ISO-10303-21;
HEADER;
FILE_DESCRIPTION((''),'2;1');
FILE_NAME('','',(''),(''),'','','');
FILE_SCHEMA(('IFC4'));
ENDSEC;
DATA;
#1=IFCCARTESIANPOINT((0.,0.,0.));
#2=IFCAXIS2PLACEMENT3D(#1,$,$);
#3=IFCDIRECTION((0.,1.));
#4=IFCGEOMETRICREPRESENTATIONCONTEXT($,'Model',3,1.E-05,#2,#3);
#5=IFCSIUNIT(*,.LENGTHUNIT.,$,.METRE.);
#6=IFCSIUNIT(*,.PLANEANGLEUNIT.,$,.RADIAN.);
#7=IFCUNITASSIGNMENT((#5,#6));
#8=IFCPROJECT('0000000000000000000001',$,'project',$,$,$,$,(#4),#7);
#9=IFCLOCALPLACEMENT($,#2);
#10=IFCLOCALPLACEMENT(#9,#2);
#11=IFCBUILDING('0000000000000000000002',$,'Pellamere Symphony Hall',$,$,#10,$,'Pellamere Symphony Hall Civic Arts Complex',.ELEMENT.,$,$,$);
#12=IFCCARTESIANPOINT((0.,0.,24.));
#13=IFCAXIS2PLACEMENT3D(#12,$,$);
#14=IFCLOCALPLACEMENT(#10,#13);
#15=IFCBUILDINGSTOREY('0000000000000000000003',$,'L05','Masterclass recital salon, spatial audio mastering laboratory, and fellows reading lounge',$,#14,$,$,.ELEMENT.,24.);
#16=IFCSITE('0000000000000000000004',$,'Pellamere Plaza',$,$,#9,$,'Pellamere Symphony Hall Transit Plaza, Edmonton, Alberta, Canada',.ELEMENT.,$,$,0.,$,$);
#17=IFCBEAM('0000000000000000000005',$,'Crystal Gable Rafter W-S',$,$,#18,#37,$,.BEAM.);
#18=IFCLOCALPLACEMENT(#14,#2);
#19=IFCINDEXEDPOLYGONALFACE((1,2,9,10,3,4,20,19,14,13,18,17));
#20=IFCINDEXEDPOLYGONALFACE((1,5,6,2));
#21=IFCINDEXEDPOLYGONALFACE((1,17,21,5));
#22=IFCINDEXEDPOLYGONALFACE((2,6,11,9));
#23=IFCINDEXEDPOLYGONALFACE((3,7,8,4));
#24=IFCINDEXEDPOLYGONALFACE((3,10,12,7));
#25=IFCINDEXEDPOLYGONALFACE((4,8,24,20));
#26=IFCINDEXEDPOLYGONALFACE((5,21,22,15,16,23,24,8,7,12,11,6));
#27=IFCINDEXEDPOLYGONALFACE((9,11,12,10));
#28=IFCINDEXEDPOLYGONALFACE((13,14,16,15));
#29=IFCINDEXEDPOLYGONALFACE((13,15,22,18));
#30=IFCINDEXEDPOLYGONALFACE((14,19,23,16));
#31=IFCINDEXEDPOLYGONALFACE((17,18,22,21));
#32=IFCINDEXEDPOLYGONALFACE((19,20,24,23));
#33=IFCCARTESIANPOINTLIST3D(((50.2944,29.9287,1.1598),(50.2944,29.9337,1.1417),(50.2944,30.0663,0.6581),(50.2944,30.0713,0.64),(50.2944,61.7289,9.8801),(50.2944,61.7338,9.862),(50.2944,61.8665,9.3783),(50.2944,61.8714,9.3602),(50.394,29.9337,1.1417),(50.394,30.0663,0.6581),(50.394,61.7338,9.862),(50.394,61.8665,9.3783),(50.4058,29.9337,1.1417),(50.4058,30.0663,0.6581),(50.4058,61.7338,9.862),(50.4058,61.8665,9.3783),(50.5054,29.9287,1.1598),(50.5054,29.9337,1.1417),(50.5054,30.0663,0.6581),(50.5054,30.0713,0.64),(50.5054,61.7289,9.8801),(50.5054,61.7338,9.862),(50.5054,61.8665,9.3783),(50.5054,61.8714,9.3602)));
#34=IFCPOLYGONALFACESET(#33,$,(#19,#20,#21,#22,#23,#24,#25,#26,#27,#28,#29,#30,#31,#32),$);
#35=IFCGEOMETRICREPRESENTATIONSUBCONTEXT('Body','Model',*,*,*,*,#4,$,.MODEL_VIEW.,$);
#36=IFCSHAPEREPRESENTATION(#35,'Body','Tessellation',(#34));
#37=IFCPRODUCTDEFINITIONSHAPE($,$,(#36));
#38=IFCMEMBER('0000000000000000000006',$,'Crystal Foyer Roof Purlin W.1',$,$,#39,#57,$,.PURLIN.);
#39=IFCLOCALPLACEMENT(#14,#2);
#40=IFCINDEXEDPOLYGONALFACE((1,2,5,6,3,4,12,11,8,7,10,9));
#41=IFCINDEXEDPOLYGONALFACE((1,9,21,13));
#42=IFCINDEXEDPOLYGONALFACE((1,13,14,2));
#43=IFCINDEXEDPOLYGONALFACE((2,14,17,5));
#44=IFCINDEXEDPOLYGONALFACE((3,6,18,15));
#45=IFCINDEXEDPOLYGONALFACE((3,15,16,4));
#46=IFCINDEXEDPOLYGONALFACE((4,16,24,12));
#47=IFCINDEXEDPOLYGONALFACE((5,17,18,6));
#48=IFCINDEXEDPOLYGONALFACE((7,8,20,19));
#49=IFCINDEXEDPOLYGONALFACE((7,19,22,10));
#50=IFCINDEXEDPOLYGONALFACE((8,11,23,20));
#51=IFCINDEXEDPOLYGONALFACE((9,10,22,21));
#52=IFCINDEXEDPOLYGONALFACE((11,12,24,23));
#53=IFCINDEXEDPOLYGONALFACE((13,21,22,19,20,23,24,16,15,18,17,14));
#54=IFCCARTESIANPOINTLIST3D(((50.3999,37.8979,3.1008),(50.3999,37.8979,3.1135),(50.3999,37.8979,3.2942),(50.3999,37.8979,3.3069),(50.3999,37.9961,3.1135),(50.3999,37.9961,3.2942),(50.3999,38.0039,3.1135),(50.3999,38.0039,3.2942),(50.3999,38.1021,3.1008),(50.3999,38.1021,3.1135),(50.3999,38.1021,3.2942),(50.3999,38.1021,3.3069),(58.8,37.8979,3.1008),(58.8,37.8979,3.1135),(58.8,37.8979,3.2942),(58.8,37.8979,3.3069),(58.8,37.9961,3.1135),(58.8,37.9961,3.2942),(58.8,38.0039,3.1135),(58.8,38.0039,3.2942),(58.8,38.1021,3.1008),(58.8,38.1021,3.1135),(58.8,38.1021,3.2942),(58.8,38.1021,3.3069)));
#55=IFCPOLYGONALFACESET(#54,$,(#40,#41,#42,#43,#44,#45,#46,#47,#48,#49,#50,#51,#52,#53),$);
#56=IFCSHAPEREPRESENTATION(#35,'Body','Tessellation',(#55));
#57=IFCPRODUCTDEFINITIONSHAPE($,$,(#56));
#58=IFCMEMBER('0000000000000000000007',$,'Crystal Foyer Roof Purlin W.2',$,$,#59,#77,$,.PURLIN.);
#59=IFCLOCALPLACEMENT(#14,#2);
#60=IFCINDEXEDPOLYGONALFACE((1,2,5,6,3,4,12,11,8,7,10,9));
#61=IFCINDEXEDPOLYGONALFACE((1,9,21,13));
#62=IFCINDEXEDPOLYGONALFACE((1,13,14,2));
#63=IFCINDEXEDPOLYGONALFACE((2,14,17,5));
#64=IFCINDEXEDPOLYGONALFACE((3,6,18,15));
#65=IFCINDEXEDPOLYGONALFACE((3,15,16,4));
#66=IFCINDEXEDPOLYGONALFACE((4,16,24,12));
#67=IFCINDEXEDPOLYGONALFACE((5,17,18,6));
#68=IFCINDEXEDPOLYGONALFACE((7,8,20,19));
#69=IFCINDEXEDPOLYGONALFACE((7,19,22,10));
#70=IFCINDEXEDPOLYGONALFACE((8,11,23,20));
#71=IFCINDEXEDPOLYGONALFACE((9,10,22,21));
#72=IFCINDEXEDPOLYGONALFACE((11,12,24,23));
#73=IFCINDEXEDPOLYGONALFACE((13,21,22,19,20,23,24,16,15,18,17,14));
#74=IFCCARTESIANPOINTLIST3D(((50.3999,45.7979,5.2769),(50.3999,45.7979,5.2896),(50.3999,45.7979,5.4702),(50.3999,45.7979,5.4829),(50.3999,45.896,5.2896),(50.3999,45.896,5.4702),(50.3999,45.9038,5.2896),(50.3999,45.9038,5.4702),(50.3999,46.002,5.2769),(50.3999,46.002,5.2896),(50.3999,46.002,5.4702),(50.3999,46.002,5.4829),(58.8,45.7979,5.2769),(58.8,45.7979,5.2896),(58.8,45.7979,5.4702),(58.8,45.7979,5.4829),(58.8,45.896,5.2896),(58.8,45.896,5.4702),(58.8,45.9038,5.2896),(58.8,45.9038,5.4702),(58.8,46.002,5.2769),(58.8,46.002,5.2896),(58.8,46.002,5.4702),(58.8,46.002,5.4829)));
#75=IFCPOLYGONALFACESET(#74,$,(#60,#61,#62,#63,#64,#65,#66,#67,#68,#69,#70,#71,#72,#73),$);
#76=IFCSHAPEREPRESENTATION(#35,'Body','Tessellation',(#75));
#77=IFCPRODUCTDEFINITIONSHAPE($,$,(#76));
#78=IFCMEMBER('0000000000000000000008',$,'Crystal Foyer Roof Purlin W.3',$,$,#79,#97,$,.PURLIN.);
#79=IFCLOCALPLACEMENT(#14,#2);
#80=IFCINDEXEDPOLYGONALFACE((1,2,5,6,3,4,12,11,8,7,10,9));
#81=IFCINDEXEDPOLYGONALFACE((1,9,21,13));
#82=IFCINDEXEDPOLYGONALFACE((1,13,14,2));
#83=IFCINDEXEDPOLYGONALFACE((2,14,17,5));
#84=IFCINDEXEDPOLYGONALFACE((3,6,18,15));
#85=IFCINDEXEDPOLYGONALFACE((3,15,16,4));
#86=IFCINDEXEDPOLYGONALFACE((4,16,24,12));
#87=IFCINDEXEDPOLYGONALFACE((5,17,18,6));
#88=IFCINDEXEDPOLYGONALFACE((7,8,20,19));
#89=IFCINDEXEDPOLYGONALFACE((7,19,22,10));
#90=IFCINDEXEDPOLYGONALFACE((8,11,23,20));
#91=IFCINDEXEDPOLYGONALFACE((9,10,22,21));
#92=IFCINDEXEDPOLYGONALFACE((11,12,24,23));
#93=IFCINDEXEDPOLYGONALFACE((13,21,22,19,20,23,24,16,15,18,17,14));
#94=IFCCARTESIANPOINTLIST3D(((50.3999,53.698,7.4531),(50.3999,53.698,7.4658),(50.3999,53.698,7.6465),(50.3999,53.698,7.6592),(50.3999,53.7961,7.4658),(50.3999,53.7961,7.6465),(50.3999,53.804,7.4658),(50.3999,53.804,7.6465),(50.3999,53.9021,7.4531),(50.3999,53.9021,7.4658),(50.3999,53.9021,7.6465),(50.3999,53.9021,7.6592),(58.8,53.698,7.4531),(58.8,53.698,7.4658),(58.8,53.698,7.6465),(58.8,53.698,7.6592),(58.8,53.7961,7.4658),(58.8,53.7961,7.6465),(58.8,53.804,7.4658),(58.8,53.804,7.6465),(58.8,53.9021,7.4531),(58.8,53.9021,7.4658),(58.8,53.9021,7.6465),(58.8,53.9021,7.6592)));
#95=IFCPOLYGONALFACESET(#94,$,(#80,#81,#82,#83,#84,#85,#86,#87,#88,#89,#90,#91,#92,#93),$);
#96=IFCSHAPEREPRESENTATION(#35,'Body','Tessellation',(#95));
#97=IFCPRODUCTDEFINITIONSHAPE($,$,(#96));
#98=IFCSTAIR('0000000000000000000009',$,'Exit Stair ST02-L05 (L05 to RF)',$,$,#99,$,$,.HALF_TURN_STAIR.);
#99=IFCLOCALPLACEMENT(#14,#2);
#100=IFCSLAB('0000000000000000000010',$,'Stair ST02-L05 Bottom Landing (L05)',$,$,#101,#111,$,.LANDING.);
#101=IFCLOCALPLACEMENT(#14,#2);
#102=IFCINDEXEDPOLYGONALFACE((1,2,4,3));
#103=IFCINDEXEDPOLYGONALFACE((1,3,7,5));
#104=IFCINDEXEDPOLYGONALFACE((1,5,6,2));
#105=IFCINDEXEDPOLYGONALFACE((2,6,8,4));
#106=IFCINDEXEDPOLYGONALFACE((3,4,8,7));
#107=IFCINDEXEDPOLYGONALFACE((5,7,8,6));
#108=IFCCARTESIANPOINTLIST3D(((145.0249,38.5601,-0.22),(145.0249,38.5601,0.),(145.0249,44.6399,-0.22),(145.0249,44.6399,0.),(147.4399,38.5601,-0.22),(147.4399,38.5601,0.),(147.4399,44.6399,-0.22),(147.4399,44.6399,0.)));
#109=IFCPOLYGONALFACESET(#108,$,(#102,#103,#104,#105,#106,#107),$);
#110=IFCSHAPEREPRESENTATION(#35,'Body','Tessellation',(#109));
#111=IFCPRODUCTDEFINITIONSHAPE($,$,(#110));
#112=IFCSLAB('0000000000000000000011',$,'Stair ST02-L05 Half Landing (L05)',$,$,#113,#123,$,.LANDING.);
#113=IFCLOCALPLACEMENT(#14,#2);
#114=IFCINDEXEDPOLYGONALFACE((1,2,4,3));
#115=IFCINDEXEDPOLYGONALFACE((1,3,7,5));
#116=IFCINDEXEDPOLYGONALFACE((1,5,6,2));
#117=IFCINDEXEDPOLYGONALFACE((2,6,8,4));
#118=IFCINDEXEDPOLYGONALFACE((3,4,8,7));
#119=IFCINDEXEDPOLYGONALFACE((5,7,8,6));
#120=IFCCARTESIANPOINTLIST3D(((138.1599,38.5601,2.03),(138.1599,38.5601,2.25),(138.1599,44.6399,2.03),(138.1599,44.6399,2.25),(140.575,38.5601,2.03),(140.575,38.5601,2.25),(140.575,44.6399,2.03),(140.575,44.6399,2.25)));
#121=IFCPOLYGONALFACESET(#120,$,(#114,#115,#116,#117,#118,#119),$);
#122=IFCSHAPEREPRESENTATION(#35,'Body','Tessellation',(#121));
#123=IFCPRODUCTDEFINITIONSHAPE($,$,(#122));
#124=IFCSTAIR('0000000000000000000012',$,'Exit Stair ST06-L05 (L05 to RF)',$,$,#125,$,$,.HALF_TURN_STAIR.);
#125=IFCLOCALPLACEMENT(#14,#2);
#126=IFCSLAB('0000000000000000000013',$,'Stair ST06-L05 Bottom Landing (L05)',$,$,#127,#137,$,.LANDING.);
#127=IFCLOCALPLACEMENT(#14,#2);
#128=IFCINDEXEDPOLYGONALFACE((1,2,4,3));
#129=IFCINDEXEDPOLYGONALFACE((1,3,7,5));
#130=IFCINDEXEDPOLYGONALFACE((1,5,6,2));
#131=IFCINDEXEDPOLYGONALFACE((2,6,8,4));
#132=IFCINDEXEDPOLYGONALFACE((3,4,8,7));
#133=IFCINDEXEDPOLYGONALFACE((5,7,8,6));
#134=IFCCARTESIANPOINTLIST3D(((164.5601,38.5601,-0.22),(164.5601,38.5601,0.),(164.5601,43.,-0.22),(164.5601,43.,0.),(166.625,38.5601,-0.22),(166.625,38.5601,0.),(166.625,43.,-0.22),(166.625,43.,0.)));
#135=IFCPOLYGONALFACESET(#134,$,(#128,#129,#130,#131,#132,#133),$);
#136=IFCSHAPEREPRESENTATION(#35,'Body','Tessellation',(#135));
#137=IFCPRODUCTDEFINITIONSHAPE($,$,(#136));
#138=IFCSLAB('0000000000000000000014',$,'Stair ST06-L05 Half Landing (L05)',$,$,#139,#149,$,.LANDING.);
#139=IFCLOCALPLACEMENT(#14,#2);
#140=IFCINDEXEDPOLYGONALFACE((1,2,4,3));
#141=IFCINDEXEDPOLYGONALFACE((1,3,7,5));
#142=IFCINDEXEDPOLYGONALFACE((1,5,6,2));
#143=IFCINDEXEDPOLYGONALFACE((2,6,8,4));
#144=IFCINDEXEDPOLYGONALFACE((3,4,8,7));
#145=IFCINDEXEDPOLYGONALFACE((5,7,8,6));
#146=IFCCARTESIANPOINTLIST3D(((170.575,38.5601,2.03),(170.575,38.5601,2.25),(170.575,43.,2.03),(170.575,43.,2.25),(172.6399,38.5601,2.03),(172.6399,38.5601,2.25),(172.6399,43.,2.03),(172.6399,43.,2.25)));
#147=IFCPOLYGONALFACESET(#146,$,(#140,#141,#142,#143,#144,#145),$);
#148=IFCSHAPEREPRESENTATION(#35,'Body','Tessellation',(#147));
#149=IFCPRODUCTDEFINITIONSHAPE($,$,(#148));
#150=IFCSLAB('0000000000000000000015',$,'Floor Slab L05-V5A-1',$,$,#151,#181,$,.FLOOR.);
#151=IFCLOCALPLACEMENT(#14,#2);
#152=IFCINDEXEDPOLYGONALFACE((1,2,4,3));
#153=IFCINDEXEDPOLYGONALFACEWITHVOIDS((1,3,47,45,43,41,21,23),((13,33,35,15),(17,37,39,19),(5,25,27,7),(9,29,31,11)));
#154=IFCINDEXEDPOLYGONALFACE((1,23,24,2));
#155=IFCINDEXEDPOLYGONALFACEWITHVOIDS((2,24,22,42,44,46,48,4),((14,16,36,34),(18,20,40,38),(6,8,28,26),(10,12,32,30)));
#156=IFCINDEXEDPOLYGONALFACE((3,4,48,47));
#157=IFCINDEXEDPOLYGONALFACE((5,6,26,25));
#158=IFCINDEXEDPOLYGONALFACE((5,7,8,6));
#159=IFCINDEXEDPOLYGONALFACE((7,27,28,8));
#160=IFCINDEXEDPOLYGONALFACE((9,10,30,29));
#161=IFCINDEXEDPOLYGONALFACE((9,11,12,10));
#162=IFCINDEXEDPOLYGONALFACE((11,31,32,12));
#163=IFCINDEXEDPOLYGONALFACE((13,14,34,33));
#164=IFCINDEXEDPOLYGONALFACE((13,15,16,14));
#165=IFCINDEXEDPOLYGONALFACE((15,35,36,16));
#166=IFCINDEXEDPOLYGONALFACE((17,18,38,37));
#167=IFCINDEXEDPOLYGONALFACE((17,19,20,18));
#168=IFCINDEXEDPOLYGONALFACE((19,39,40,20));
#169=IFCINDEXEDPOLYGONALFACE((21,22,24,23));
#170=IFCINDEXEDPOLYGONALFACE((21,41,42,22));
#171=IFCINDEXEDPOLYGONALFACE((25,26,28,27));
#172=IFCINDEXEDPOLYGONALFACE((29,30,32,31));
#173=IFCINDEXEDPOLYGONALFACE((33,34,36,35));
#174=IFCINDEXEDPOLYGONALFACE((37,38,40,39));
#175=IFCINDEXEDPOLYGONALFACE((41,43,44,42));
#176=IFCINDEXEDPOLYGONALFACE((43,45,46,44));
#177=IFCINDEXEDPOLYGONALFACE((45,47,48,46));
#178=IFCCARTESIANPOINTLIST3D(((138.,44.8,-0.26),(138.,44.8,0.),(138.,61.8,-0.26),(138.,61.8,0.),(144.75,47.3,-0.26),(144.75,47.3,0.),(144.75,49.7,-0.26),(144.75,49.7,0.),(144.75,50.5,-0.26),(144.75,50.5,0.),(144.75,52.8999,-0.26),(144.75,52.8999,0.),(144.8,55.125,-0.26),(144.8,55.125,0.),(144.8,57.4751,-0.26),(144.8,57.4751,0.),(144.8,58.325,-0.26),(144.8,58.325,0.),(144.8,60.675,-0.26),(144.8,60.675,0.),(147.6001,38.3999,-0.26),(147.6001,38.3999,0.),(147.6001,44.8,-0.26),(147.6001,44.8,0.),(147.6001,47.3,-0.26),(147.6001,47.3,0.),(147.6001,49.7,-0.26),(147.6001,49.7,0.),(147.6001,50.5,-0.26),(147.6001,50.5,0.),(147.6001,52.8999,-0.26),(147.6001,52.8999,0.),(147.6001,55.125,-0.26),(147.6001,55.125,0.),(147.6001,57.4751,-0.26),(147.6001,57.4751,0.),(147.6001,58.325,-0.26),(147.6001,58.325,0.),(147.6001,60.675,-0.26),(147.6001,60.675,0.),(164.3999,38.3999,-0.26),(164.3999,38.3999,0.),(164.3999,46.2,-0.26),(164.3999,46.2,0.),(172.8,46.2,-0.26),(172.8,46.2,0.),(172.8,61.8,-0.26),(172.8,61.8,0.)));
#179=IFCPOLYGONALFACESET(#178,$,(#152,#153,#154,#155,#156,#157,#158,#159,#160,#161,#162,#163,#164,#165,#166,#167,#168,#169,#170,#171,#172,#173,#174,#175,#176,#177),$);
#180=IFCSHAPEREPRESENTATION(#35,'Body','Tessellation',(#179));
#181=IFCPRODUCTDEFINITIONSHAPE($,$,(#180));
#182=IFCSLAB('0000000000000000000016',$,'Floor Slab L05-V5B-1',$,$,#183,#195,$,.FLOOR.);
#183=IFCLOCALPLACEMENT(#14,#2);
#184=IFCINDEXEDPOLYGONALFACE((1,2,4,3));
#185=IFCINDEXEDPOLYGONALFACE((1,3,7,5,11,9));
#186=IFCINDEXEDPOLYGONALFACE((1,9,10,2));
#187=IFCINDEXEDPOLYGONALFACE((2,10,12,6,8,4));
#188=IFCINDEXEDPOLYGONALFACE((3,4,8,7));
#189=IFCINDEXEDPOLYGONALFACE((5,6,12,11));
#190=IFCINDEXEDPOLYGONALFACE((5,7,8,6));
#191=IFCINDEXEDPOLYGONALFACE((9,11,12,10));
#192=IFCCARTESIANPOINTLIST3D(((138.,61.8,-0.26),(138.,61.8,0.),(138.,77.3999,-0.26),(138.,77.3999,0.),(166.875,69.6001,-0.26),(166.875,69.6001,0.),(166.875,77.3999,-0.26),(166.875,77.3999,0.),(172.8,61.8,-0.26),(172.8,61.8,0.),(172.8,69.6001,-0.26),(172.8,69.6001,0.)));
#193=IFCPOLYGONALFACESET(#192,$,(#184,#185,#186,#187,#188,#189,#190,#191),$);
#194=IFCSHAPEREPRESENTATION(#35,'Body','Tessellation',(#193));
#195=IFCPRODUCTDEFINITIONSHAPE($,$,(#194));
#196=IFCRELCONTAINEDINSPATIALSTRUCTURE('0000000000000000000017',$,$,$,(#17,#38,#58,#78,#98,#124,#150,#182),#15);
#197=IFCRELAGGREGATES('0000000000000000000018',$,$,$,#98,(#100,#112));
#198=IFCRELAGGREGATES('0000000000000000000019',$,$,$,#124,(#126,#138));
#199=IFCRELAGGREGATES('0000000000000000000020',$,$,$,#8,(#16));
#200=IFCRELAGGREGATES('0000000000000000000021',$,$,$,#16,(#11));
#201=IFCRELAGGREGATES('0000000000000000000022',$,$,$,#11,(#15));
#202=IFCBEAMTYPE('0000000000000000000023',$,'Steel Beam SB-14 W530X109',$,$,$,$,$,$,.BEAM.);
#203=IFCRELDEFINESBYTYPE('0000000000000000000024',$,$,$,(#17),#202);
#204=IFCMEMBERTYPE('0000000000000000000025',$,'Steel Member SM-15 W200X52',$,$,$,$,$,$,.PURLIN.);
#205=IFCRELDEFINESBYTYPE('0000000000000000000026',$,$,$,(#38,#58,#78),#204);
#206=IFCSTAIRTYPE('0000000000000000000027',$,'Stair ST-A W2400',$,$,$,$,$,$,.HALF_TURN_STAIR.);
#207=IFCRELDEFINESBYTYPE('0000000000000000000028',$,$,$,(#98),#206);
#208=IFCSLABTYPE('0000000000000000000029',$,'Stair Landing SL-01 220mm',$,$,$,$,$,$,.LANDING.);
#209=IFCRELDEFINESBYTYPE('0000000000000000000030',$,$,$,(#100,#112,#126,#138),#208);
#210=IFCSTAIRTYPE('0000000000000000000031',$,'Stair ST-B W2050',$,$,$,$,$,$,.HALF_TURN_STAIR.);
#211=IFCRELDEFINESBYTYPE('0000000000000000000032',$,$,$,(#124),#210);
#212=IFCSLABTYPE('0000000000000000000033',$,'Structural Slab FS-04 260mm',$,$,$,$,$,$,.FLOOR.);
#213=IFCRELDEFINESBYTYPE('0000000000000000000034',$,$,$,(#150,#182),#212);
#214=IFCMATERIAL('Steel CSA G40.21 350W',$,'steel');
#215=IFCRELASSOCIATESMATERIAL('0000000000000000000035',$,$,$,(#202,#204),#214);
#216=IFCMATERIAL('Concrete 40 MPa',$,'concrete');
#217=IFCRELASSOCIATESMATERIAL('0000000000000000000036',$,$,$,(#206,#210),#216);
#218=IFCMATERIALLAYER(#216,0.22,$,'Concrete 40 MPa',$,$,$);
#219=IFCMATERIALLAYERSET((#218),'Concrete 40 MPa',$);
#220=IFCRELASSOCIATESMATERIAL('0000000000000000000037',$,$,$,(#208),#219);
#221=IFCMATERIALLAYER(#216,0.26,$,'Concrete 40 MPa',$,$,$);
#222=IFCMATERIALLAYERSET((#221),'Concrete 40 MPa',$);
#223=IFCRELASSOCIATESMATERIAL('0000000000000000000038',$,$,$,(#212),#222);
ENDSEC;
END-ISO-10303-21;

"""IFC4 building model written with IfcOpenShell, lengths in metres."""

from ifc_helpers import new_model, si_unit, direction, frame, origin, origin_2d, place, context, subcontext, project, spatial, polyline, i_section, outline, extrude, material, layer, layer_set, material_profile, profile_set, type_object, element, aggregate, save


model = new_model("IFC4")

# Units and contexts
model_context = context("Model", 3, precision=1e-05, world=origin(), true_north=direction((0.0, 1.0)))
body_context = subcontext(model_context, "Body", "Model", "MODEL_VIEW")
ifc_project = project(units=[si_unit("LENGTHUNIT", "METRE"), si_unit("PLANEANGLEUNIT", "RADIAN")], contexts=[model_context])

# Site, building, storey
site_placement = place(None, origin())
site = spatial("IfcSite", under=ifc_project, at=site_placement, Name="Pellamere Plaza", LongName="Pellamere Symphony Hall Transit Plaza, Edmonton, Alberta, Canada", CompositionType="ELEMENT", RefElevation=0.0)
building_placement = place(site_placement, origin())
building = spatial("IfcBuilding", under=site, at=building_placement, Name="Pellamere Symphony Hall", LongName="Pellamere Symphony Hall Civic Arts Complex", CompositionType="ELEMENT")
storey_placement = place(building_placement, frame((0.0, 0.0, 24.0)))
storey = spatial("IfcBuildingStorey", under=building, at=storey_placement, Name="L05", Description="Masterclass recital salon, spatial audio mastering laboratory, and fellows reading lounge", CompositionType="ELEMENT", Elevation=24.0)

# Beam
ifc_material_1 = material(Name="Concrete 40 MPa", Category="concrete")
ifc_material_2 = material(Name="Steel CSA G40.21 350W", Category="steel")
ifc_material_profile_1 = material_profile(ifc_material_2, i_section(OverallWidth=0.2109, OverallDepth=0.5391, WebThickness=0.0117, FlangeThickness=0.0188, at=origin_2d()), Name="W530X109")
ifc_profile_set_1 = profile_set([ifc_material_profile_1], Name="Steel CSA G40.21 350W")
beam_type_1 = type_object("IfcBeamType", Name="Steel Beam SB-14 W530X109", PredefinedType="BEAM", material=ifc_profile_set_1)
beam_1_placement = place(storey_placement, frame((50.3999, 30.0, 0.8999), z_axis=(0.0, 0.964397, 0.264457), x_axis=(-1.0, 0.0, 0.0)))
element("IfcBeam", 1, at=beam_1_placement, inside=storey, type_object=beam_type_1, Name="Crystal Gable Rafter W-S", PredefinedType="BEAM", context=body_context, shape_type="SweptSolid", body=[
    extrude(i_section(OverallWidth=0.2109, OverallDepth=0.5391, WebThickness=0.0117, FlangeThickness=0.0188, at=origin_2d()), origin(), (0.0, 0.0, 1.0), 32.9741),
])

# Members
ifc_material_profile_2 = material_profile(ifc_material_2, i_section(OverallWidth=0.2041, OverallDepth=0.2061, WebThickness=0.0078, FlangeThickness=0.0127, at=origin_2d()), Name="W200X52")
ifc_profile_set_2 = profile_set([ifc_material_profile_2], Name="Steel CSA G40.21 350W")
member_type = type_object("IfcMemberType", Name="Steel Member SM-15 W200X52", PredefinedType="PURLIN", material=ifc_profile_set_2)
for number, where, z_axis, x_axis, name in (
    (2, (50.3999, 38.0, 3.2039), (1.0, 0.0, 0.0), (0.0, 1.0, 0.0), "Crystal Foyer Roof Purlin W.1"),
    (3, (50.3999, 45.8999, 5.3799), (1.0, 0.0, 0.0), (0.0, 1.0, 0.0), "Crystal Foyer Roof Purlin W.2"),
    (4, (50.3999, 53.8, 7.5562), (1.0, 0.0, 0.0), (0.0, 1.0, 0.0), "Crystal Foyer Roof Purlin W.3"),
):
    element("IfcMember", number, at=place(storey_placement, frame(where, z_axis=z_axis, x_axis=x_axis)), inside=storey, type_object=member_type, Name=name, PredefinedType="PURLIN", context=body_context, shape_type="SweptSolid", body=[
        extrude(i_section(OverallWidth=0.2041, OverallDepth=0.2061, WebThickness=0.0078, FlangeThickness=0.0127, at=origin_2d()), origin(), (0.0, 0.0, 1.0), 8.4001),
    ])

# Stairs, slabs
stair_type_1 = type_object("IfcStairType", Name="Stair ST-A W2400", PredefinedType="HALF_TURN_STAIR", material=ifc_material_1)
stair_1_placement = place(storey_placement, origin())
stair_1 = element("IfcStair", 5, at=stair_1_placement, inside=storey, type_object=stair_type_1, Name="Exit Stair ST02-L05 (L05 to RF)", PredefinedType="HALF_TURN_STAIR")
ifc_layer_1 = layer(ifc_material_1, 0.22, Name="Concrete 40 MPa")
ifc_layer_set_1 = layer_set([ifc_layer_1], Name="Concrete 40 MPa")
slab_type_1 = type_object("IfcSlabType", Name="Stair Landing SL-01 220mm", PredefinedType="LANDING", material=ifc_layer_set_1)
slab_1_placement = place(storey_placement, frame((0.0, 0.0, -0.22)))
slab_1 = element("IfcSlab", 6, at=slab_1_placement, type_object=slab_type_1, Name="Stair ST02-L05 Bottom Landing (L05)", PredefinedType="LANDING", context=body_context, shape_type="SweptSolid", body=[
    extrude(outline(polyline([(145.0249, 38.5601), (147.4399, 38.5601), (147.4399, 44.6399), (145.0249, 44.6399), (145.0249, 38.5601)])), origin(), (0.0, 0.0, 1.0), 0.22),
])
slab_2_placement = place(storey_placement, frame((0.0, 0.0, 2.03)))
slab_2 = element("IfcSlab", 7, at=slab_2_placement, type_object=slab_type_1, Name="Stair ST02-L05 Half Landing (L05)", PredefinedType="LANDING", context=body_context, shape_type="SweptSolid", body=[
    extrude(outline(polyline([(138.1599, 38.5601), (140.575, 38.5601), (140.575, 44.6399), (138.1599, 44.6399), (138.1599, 38.5601)])), origin(), (0.0, 0.0, 1.0), 0.22),
])
aggregate(stair_1, [slab_1, slab_2])
stair_type_2 = type_object("IfcStairType", Name="Stair ST-B W2050", PredefinedType="HALF_TURN_STAIR", material=ifc_material_1)
stair_2_placement = place(storey_placement, origin())
stair_2 = element("IfcStair", 8, at=stair_2_placement, inside=storey, type_object=stair_type_2, Name="Exit Stair ST06-L05 (L05 to RF)", PredefinedType="HALF_TURN_STAIR")
slab_3_placement = place(storey_placement, frame((0.0, 0.0, -0.22)))
slab_3 = element("IfcSlab", 9, at=slab_3_placement, type_object=slab_type_1, Name="Stair ST06-L05 Bottom Landing (L05)", PredefinedType="LANDING", context=body_context, shape_type="SweptSolid", body=[
    extrude(outline(polyline([(164.5601, 38.5601), (166.625, 38.5601), (166.625, 43.0), (164.5601, 43.0), (164.5601, 38.5601)])), origin(), (0.0, 0.0, 1.0), 0.22),
])
slab_4_placement = place(storey_placement, frame((0.0, 0.0, 2.03)))
slab_4 = element("IfcSlab", 10, at=slab_4_placement, type_object=slab_type_1, Name="Stair ST06-L05 Half Landing (L05)", PredefinedType="LANDING", context=body_context, shape_type="SweptSolid", body=[
    extrude(outline(polyline([(170.575, 38.5601), (172.6399, 38.5601), (172.6399, 43.0), (170.575, 43.0), (170.575, 38.5601)])), origin(), (0.0, 0.0, 1.0), 0.22),
])
aggregate(stair_2, [slab_3, slab_4])

# Slabs
ifc_layer_2 = layer(ifc_material_1, 0.26, Name="Concrete 40 MPa")
ifc_layer_set_2 = layer_set([ifc_layer_2], Name="Concrete 40 MPa")
slab_type_2 = type_object("IfcSlabType", Name="Structural Slab FS-04 260mm", PredefinedType="FLOOR", material=ifc_layer_set_2)
slab_5_placement = place(storey_placement, frame((0.0, 0.0, -0.26)))
element("IfcSlab", 11, at=slab_5_placement, inside=storey, type_object=slab_type_2, Name="Floor Slab L05-V5A-1", PredefinedType="FLOOR", context=body_context, shape_type="SweptSolid", body=[
    extrude(outline(polyline([(138.0, 61.8), (172.8, 61.8), (172.8, 46.2), (164.3999, 46.2), (164.3999, 38.3999), (147.6001, 38.3999), (147.6001, 44.8), (138.0, 44.8), (138.0, 61.8)]), holes=[polyline([(144.75, 49.7), (144.75, 47.3), (147.6001, 47.3), (147.6001, 49.7), (144.75, 49.7)]), polyline([(144.75, 52.8999), (144.75, 50.5), (147.6001, 50.5), (147.6001, 52.8999), (144.75, 52.8999)]), polyline([(144.8, 57.4751), (144.8, 55.125), (147.6001, 55.125), (147.6001, 57.4751), (144.8, 57.4751)]), polyline([(144.8, 60.675), (144.8, 58.325), (147.6001, 58.325), (147.6001, 60.675), (144.8, 60.675)])]), origin(), (0.0, 0.0, 1.0), 0.26),
])
slab_6_placement = place(storey_placement, frame((0.0, 0.0, -0.26)))
element("IfcSlab", 12, at=slab_6_placement, inside=storey, type_object=slab_type_2, Name="Floor Slab L05-V5B-1", PredefinedType="FLOOR", context=body_context, shape_type="SweptSolid", body=[
    extrude(outline(polyline([(172.8, 61.8), (138.0, 61.8), (138.0, 77.3999), (166.875, 77.3999), (166.875, 69.6001), (172.8, 69.6001), (172.8, 61.8)])), origin(), (0.0, 0.0, 1.0), 0.26),
])

save(model, "model.ifc")
